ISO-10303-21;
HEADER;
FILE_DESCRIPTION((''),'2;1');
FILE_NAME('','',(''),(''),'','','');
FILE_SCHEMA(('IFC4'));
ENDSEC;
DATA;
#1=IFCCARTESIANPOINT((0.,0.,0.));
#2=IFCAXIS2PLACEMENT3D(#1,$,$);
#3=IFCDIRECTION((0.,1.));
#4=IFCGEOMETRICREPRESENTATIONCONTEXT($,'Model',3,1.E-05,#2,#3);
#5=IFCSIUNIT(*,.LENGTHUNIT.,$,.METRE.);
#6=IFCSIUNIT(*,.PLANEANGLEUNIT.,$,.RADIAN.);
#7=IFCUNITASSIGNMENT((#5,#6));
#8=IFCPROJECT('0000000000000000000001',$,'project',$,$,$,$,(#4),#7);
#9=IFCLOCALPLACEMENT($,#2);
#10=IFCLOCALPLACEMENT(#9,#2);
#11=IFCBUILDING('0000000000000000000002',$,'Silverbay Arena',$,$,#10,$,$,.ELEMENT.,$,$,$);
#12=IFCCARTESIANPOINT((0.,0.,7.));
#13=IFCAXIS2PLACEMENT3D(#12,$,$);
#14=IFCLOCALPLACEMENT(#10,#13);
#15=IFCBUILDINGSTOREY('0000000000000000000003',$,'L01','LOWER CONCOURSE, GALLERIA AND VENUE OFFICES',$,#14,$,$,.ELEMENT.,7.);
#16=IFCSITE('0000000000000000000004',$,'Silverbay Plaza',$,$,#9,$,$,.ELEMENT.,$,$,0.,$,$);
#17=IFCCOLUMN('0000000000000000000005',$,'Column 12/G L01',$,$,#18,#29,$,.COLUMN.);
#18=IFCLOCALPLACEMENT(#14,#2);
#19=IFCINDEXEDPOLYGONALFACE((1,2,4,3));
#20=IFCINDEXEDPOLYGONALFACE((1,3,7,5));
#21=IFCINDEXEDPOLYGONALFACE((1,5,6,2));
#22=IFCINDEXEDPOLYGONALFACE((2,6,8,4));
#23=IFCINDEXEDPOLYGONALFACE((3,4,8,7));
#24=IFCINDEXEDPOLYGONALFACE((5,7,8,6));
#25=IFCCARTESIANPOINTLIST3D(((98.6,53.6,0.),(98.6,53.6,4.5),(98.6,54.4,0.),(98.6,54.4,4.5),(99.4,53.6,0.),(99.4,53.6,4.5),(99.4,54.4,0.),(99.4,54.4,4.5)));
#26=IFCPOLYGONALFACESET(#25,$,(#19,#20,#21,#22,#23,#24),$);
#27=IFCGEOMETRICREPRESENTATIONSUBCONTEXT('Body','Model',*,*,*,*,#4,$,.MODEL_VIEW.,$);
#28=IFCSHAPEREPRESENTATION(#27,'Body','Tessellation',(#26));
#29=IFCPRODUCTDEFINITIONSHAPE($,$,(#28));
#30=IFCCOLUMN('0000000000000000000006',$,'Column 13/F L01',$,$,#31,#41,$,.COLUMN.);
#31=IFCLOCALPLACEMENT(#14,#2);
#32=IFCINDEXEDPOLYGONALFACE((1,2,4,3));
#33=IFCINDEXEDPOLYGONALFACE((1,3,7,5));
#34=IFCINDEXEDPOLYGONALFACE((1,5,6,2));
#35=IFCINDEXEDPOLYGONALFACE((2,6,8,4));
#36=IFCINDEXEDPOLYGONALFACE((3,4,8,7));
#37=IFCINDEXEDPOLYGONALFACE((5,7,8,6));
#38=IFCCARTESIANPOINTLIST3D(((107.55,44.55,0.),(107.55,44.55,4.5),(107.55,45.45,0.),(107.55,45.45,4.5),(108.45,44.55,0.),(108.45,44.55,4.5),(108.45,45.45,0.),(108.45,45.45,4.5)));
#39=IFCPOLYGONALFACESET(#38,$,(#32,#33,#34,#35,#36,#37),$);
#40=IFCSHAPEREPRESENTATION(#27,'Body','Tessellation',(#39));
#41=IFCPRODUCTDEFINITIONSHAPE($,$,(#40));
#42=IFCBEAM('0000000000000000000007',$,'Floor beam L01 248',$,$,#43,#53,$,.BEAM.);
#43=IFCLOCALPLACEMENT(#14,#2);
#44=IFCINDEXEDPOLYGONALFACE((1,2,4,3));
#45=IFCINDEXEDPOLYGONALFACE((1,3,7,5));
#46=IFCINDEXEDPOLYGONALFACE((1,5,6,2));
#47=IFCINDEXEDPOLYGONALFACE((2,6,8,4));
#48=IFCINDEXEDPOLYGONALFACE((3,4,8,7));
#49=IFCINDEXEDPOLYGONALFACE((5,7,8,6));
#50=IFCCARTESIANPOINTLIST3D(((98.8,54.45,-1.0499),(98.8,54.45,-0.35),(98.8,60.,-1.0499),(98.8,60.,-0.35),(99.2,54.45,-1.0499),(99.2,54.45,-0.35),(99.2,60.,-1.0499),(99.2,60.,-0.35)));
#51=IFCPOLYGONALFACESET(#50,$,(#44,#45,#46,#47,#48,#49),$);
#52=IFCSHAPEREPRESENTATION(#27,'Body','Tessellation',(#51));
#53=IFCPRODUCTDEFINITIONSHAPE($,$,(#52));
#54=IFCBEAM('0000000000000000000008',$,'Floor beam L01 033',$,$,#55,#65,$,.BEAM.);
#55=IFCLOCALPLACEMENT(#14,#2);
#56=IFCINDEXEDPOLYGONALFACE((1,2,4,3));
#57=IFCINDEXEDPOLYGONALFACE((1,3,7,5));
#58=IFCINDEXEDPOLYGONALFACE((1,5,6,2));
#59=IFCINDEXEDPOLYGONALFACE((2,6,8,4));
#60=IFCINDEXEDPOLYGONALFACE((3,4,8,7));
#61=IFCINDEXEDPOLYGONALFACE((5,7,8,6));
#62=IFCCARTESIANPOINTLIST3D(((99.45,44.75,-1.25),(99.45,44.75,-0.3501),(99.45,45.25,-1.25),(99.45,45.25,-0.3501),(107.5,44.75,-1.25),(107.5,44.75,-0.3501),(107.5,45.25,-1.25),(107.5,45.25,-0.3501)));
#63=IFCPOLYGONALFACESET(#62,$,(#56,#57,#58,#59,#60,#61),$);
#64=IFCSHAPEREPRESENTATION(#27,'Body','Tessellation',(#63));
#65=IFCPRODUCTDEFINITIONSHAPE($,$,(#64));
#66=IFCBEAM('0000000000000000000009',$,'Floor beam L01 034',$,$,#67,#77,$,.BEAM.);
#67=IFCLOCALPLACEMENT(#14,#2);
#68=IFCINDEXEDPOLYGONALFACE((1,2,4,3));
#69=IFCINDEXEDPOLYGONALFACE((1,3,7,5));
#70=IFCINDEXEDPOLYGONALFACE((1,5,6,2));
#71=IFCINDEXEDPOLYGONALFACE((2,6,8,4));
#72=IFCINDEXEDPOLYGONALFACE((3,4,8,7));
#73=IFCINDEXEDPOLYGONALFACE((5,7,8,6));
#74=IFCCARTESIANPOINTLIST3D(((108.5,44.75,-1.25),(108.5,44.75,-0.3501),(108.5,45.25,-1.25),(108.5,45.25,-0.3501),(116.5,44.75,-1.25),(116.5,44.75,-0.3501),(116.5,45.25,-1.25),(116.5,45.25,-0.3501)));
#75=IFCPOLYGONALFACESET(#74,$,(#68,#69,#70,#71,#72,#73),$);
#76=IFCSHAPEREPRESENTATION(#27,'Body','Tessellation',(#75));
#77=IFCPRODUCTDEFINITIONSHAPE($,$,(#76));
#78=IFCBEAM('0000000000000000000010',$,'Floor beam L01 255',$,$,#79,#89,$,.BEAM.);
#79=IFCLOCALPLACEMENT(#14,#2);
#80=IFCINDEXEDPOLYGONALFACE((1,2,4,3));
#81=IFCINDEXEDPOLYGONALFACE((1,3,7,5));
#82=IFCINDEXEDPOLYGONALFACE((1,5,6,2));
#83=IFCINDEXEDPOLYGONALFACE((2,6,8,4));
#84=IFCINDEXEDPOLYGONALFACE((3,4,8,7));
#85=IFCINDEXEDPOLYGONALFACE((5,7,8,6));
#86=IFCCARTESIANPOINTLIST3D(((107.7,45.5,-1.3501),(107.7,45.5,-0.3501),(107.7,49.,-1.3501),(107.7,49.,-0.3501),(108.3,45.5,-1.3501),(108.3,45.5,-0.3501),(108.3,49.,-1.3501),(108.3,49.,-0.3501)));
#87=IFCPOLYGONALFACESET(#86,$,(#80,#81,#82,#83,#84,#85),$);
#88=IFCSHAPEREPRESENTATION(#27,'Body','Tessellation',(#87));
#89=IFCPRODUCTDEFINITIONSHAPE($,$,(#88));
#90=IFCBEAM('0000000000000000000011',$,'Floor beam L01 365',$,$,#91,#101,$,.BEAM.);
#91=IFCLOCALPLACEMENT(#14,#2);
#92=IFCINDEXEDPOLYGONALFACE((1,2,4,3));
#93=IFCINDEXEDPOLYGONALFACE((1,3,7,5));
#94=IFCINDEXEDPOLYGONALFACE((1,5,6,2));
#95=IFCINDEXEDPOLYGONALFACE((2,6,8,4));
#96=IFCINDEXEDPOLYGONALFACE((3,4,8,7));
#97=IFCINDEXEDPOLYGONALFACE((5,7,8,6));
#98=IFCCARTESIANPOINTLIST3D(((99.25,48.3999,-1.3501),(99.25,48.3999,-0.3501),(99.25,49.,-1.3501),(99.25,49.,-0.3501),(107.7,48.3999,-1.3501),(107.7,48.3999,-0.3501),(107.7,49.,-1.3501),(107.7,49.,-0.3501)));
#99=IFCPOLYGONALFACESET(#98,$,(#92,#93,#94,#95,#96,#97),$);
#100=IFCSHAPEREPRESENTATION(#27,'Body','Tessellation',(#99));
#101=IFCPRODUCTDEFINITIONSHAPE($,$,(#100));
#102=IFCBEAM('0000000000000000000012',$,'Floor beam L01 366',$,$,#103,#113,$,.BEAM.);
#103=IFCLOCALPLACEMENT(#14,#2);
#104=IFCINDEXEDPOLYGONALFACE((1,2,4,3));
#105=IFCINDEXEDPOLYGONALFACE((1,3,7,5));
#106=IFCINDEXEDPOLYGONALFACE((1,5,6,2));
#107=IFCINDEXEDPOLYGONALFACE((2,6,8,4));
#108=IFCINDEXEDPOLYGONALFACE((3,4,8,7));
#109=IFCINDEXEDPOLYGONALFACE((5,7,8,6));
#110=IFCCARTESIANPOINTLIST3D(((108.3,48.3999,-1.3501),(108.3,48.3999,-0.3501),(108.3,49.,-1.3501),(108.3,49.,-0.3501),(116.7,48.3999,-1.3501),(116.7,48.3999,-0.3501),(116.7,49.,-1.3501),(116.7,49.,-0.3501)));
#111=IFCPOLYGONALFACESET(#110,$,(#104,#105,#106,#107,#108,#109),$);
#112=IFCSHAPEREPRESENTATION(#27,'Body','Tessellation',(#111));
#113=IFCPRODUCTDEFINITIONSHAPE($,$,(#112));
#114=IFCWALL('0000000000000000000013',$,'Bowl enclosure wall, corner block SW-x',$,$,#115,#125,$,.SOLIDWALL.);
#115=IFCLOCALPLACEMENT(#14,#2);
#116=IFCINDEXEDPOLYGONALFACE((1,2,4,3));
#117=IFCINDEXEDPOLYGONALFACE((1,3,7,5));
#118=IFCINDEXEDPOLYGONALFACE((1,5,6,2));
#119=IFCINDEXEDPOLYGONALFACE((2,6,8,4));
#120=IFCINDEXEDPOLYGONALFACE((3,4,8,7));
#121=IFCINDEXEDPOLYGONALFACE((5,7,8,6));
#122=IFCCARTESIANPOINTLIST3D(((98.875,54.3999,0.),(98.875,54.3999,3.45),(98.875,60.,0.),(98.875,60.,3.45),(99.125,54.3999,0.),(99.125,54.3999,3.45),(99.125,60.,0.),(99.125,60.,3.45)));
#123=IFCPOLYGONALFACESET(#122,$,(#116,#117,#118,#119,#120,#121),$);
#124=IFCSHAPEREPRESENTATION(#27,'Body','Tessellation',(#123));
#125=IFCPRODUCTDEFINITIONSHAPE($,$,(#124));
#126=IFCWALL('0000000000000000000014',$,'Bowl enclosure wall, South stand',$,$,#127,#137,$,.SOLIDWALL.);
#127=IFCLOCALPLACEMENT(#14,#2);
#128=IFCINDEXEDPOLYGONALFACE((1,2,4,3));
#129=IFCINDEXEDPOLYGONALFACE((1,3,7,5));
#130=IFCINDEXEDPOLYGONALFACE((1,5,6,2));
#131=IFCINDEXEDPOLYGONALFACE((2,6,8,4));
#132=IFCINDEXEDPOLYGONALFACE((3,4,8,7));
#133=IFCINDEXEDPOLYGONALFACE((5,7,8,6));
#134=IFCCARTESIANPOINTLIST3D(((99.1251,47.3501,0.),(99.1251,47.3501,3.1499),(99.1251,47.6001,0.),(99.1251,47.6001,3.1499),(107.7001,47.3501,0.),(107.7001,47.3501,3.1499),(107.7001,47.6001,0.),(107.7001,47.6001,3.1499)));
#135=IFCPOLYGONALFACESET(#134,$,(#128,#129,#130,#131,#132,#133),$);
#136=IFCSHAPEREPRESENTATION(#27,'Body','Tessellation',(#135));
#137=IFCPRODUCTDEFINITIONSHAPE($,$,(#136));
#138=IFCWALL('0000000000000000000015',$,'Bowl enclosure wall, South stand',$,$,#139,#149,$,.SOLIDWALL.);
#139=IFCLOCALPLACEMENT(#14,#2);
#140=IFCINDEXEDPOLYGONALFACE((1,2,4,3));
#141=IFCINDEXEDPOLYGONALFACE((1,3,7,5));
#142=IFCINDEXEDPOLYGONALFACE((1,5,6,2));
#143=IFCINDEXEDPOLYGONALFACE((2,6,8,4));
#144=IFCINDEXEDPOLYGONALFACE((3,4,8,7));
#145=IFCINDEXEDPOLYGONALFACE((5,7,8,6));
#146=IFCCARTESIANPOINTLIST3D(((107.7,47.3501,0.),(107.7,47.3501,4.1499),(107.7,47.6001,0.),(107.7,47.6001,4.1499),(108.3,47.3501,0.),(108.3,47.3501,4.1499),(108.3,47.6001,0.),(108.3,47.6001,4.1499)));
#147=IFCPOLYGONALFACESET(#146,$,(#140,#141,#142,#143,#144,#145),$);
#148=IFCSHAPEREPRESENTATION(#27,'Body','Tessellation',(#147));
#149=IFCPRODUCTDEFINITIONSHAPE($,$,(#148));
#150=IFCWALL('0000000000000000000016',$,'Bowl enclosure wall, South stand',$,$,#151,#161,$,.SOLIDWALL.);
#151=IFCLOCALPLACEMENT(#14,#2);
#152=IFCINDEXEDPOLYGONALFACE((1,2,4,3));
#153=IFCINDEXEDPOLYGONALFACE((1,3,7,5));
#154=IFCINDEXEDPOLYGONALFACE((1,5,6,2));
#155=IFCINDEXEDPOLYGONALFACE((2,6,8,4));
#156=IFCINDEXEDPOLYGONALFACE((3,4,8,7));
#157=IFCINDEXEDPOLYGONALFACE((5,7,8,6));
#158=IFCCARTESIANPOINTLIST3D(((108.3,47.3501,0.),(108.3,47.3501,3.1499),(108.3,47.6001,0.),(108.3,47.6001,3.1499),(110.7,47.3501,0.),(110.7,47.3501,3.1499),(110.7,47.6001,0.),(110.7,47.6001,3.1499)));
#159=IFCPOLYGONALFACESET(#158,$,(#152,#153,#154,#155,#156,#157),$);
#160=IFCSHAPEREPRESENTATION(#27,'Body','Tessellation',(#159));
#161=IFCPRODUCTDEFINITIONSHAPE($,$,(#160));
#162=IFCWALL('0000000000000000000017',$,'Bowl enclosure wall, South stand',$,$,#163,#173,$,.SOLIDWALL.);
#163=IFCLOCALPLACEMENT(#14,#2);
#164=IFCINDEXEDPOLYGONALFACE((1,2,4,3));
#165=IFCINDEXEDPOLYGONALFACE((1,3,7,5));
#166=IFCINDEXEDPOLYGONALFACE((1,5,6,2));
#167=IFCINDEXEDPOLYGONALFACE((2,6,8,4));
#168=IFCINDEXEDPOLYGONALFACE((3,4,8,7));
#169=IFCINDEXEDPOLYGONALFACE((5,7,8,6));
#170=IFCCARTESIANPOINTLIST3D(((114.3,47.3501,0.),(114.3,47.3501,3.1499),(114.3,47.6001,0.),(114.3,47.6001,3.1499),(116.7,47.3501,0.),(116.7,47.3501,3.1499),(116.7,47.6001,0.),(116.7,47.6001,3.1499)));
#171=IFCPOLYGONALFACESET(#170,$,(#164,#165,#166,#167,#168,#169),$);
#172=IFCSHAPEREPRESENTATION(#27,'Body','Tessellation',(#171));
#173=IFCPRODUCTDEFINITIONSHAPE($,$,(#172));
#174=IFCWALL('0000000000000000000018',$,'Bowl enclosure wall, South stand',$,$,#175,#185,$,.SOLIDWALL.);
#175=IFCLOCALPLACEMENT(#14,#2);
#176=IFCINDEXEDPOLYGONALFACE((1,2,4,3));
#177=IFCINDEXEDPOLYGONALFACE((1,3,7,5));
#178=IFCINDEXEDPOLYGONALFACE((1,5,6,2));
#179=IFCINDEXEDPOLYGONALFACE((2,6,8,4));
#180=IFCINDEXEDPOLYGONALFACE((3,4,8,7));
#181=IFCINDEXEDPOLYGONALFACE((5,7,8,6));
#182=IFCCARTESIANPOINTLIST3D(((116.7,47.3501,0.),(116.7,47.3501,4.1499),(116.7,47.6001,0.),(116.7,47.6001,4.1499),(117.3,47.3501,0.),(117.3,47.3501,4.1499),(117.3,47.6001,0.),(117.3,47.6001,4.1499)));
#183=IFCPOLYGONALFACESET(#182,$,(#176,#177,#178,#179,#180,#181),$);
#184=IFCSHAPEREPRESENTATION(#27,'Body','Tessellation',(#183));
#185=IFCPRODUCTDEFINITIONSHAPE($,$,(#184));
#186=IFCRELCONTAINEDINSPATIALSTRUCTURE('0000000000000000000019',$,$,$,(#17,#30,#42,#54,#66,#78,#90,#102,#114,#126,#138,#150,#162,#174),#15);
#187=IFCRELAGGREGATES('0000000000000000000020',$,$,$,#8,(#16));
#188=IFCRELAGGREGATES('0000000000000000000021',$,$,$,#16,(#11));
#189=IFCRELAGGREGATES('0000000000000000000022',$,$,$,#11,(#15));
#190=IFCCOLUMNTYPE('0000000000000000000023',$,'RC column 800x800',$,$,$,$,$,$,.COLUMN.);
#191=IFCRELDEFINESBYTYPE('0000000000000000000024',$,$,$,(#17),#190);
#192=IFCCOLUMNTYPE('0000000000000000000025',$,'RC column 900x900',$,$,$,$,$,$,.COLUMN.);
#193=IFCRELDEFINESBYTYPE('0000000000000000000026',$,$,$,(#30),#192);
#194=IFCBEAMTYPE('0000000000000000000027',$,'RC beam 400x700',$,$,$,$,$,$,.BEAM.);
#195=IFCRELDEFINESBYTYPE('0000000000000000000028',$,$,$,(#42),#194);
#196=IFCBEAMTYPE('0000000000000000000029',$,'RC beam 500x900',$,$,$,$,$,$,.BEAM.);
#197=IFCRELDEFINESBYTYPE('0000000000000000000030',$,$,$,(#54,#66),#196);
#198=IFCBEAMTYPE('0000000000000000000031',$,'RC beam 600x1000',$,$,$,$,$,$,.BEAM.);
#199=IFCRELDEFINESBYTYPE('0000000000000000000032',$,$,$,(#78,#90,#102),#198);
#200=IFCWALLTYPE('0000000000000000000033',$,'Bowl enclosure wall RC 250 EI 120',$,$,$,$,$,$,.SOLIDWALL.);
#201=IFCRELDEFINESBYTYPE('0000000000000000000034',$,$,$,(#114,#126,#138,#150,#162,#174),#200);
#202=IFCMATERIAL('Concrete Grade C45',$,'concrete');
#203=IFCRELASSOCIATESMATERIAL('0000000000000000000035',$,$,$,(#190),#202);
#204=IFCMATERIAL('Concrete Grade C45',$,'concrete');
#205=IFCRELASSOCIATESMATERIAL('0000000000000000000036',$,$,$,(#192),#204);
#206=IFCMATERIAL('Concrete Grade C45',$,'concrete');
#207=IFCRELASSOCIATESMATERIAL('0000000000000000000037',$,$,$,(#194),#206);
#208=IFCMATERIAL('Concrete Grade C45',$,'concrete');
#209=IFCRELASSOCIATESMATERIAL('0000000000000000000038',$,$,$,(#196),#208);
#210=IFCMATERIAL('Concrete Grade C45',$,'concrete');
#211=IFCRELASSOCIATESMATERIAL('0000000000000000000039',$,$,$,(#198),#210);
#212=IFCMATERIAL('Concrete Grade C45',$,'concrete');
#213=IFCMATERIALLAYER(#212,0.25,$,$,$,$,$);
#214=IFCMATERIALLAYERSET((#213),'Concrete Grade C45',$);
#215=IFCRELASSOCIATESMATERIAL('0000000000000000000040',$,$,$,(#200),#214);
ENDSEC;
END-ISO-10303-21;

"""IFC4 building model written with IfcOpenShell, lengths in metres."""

from ifc_helpers import new_model, si_unit, direction, frame, frame_2d, origin, origin_2d, place, context, subcontext, project, spatial, rectangle, extrude, material, layer, layer_set, material_profile, profile_set, type_object, element, save


model = new_model("IFC4")

# Units and contexts
model_context = context("Model", 3, precision=1e-05, world=origin(), true_north=direction((0.0, 1.0)))
body_context = subcontext(model_context, "Body", "Model", "MODEL_VIEW")
ifc_project = project(units=[si_unit("LENGTHUNIT", "METRE"), si_unit("PLANEANGLEUNIT", "RADIAN")], contexts=[model_context])

# Site, building, storey
site_placement = place(None, origin())
site = spatial("IfcSite", under=ifc_project, at=site_placement, Name="Silverbay Plaza", CompositionType="ELEMENT", RefElevation=0.0)
building_placement = place(site_placement, origin())
building = spatial("IfcBuilding", under=site, at=building_placement, Name="Silverbay Arena", CompositionType="ELEMENT")
storey_placement = place(building_placement, frame((0.0, 0.0, 7.0)))
storey = spatial("IfcBuildingStorey", under=building, at=storey_placement, Name="L01", Description="LOWER CONCOURSE, GALLERIA AND VENUE OFFICES", CompositionType="ELEMENT", Elevation=7.0)

# Columns
ifc_material_1 = material(Name="Concrete Grade C45", Category="concrete")
ifc_material_profile_1 = material_profile(ifc_material_1, rectangle(XDim=0.8, YDim=0.8, at=origin_2d()), Name="RC 800x800")
ifc_profile_set_1 = profile_set([ifc_material_profile_1], Name="Concrete Grade C45")
column_type_1 = type_object("IfcColumnType", Name="RC column 800x800", PredefinedType="COLUMN", material=ifc_profile_set_1)
column_1_placement = place(storey_placement, frame((99.0, 54.0, 0.0), z_axis=(0.0, 0.0, 1.0), x_axis=(1.0, 0.0, 0.0)))
element("IfcColumn", 1, at=column_1_placement, inside=storey, type_object=column_type_1, Name="Column 12/G L01", PredefinedType="COLUMN", context=body_context, shape_type="SweptSolid", body=[
    extrude(rectangle(XDim=0.8, YDim=0.8, at=origin_2d()), origin(), (0.0, 0.0, 1.0), 4.5),
])
ifc_material_2 = material(Name="Concrete Grade C45", Category="concrete")
ifc_material_profile_2 = material_profile(ifc_material_2, rectangle(XDim=0.8999, YDim=0.8999, at=origin_2d()), Name="RC 900x900")
ifc_profile_set_2 = profile_set([ifc_material_profile_2], Name="Concrete Grade C45")
column_type_2 = type_object("IfcColumnType", Name="RC column 900x900", PredefinedType="COLUMN", material=ifc_profile_set_2)
column_2_placement = place(storey_placement, frame((108.0, 45.0, 0.0), z_axis=(0.0, 0.0, 1.0), x_axis=(1.0, 0.0, 0.0)))
element("IfcColumn", 2, at=column_2_placement, inside=storey, type_object=column_type_2, Name="Column 13/F L01", PredefinedType="COLUMN", context=body_context, shape_type="SweptSolid", body=[
    extrude(rectangle(XDim=0.8999, YDim=0.8999, at=origin_2d()), origin(), (0.0, 0.0, 1.0), 4.5),
])

# Beams
ifc_material_3 = material(Name="Concrete Grade C45", Category="concrete")
ifc_material_profile_3 = material_profile(ifc_material_3, rectangle(XDim=0.3999, YDim=0.7, at=origin_2d()), Name="RC 400x700")
ifc_profile_set_3 = profile_set([ifc_material_profile_3], Name="Concrete Grade C45")
beam_type_1 = type_object("IfcBeamType", Name="RC beam 400x700", PredefinedType="BEAM", material=ifc_profile_set_3)
beam_1_placement = place(storey_placement, frame((99.0, 54.45, -0.7), z_axis=(0.0, 1.0, 0.0), x_axis=(-1.0, 0.0, 0.0)))
element("IfcBeam", 3, at=beam_1_placement, inside=storey, type_object=beam_type_1, Name="Floor beam L01 248", PredefinedType="BEAM", context=body_context, shape_type="SweptSolid", body=[
    extrude(rectangle(XDim=0.3999, YDim=0.7, at=origin_2d()), origin(), (0.0, 0.0, 1.0), 5.55),
])
ifc_material_4 = material(Name="Concrete Grade C45", Category="concrete")
ifc_material_profile_4 = material_profile(ifc_material_4, rectangle(XDim=0.5, YDim=0.8999, at=origin_2d()), Name="RC 500x900")
ifc_profile_set_4 = profile_set([ifc_material_profile_4], Name="Concrete Grade C45")
beam_type_2 = type_object("IfcBeamType", Name="RC beam 500x900", PredefinedType="BEAM", material=ifc_profile_set_4)
beam_2_placement = place(storey_placement, frame((99.45, 45.0, -0.8), z_axis=(1.0, 0.0, 0.0), x_axis=(0.0, 1.0, 0.0)))
element("IfcBeam", 4, at=beam_2_placement, inside=storey, type_object=beam_type_2, Name="Floor beam L01 033", PredefinedType="BEAM", context=body_context, shape_type="SweptSolid", body=[
    extrude(rectangle(XDim=0.5, YDim=0.8999, at=origin_2d()), origin(), (0.0, 0.0, 1.0), 8.05),
])
beam_3_placement = place(storey_placement, frame((108.5, 45.0, -0.8), z_axis=(1.0, 0.0, 0.0), x_axis=(0.0, 1.0, 0.0)))
element("IfcBeam", 5, at=beam_3_placement, inside=storey, type_object=beam_type_2, Name="Floor beam L01 034", PredefinedType="BEAM", context=body_context, shape_type="SweptSolid", body=[
    extrude(rectangle(XDim=0.5, YDim=0.8999, at=origin_2d()), origin(), (0.0, 0.0, 1.0), 8.0),
])
ifc_material_5 = material(Name="Concrete Grade C45", Category="concrete")
ifc_material_profile_5 = material_profile(ifc_material_5, rectangle(XDim=0.6001, YDim=1.0, at=origin_2d()), Name="RC 600x1000")
ifc_profile_set_5 = profile_set([ifc_material_profile_5], Name="Concrete Grade C45")
beam_type_3 = type_object("IfcBeamType", Name="RC beam 600x1000", PredefinedType="BEAM", material=ifc_profile_set_5)
beam_4_placement = place(storey_placement, frame((108.0, 45.5, -0.8501), z_axis=(0.0, 1.0, 0.0), x_axis=(-1.0, 0.0, 0.0)))
element("IfcBeam", 6, at=beam_4_placement, inside=storey, type_object=beam_type_3, Name="Floor beam L01 255", PredefinedType="BEAM", context=body_context, shape_type="SweptSolid", body=[
    extrude(rectangle(XDim=0.6001, YDim=1.0, at=origin_2d()), origin(), (0.0, 0.0, 1.0), 3.5),
])
beam_5_placement = place(storey_placement, frame((99.25, 48.7, -0.8501), z_axis=(1.0, 0.0, 0.0), x_axis=(0.0, 1.0, 0.0)))
element("IfcBeam", 7, at=beam_5_placement, inside=storey, type_object=beam_type_3, Name="Floor beam L01 365", PredefinedType="BEAM", context=body_context, shape_type="SweptSolid", body=[
    extrude(rectangle(XDim=0.6001, YDim=1.0, at=origin_2d()), origin(), (0.0, 0.0, 1.0), 8.45),
])
beam_6_placement = place(storey_placement, frame((108.3, 48.7, -0.8501), z_axis=(1.0, 0.0, 0.0), x_axis=(0.0, 1.0, 0.0)))
element("IfcBeam", 8, at=beam_6_placement, inside=storey, type_object=beam_type_3, Name="Floor beam L01 366", PredefinedType="BEAM", context=body_context, shape_type="SweptSolid", body=[
    extrude(rectangle(XDim=0.6001, YDim=1.0, at=origin_2d()), origin(), (0.0, 0.0, 1.0), 8.3999),
])

# Wall
ifc_material_6 = material(Name="Concrete Grade C45", Category="concrete")
ifc_layer = layer(ifc_material_6, 0.25)
ifc_layer_set = layer_set([ifc_layer], Name="Concrete Grade C45")
wall_type = type_object("IfcWallType", Name="Bowl enclosure wall RC 250 EI 120", PredefinedType="SOLIDWALL", material=ifc_layer_set)
wall_1_placement = place(storey_placement, frame((99.0, 54.3999, 0.0), z_axis=(0.0, 0.0, 1.0), x_axis=(0.0, 1.0, 0.0)))
element("IfcWall", 9, at=wall_1_placement, inside=storey, type_object=wall_type, Name="Bowl enclosure wall, corner block SW-x", PredefinedType="SOLIDWALL", context=body_context, shape_type="SweptSolid", body=[
    extrude(rectangle(XDim=5.6001, YDim=0.25, at=frame_2d((2.8, 0.0))), origin(), (0.0, 0.0, 1.0), 3.45),
])

# Walls
wall_2_placement = place(storey_placement, frame((99.125, 47.4751, 0.0), z_axis=(0.0, 0.0, 1.0), x_axis=(1.0, 0.0, 0.0)))
element("IfcWall", 10, at=wall_2_placement, inside=storey, type_object=wall_type, Name="Bowl enclosure wall, South stand", PredefinedType="SOLIDWALL", context=body_context, shape_type="SweptSolid", body=[
    extrude(rectangle(XDim=8.575, YDim=0.25, at=frame_2d((4.2876, 0.0))), origin(), (0.0, 0.0, 1.0), 3.1499),
])
wall_3_placement = place(storey_placement, frame((107.7, 47.4751, 0.0), z_axis=(0.0, 0.0, 1.0), x_axis=(1.0, 0.0, 0.0)))
element("IfcWall", 11, at=wall_3_placement, inside=storey, type_object=wall_type, Name="Bowl enclosure wall, South stand", PredefinedType="SOLIDWALL", context=body_context, shape_type="SweptSolid", body=[
    extrude(rectangle(XDim=0.6001, YDim=0.25, at=frame_2d((0.3, 0.0))), origin(), (0.0, 0.0, 1.0), 4.1499),
])
for number, where, z_axis, x_axis, name in (
    (12, (108.3, 47.4751, 0.0), (0.0, 0.0, 1.0), (1.0, 0.0, 0.0), "Bowl enclosure wall, South stand"),
    (13, (114.3, 47.4751, 0.0), (0.0, 0.0, 1.0), (1.0, 0.0, 0.0), "Bowl enclosure wall, South stand"),
):
    element("IfcWall", number, at=place(storey_placement, frame(where, z_axis=z_axis, x_axis=x_axis)), inside=storey, type_object=wall_type, Name=name, PredefinedType="SOLIDWALL", context=body_context, shape_type="SweptSolid", body=[
        extrude(rectangle(XDim=2.3999, YDim=0.25, at=frame_2d((1.2, 0.0))), origin(), (0.0, 0.0, 1.0), 3.1499),
    ])
wall_4_placement = place(storey_placement, frame((116.7, 47.4751, 0.0), z_axis=(0.0, 0.0, 1.0), x_axis=(1.0, 0.0, 0.0)))
element("IfcWall", 14, at=wall_4_placement, inside=storey, type_object=wall_type, Name="Bowl enclosure wall, South stand", PredefinedType="SOLIDWALL", context=body_context, shape_type="SweptSolid", body=[
    extrude(rectangle(XDim=0.6001, YDim=0.25, at=frame_2d((0.3, 0.0))), origin(), (0.0, 0.0, 1.0), 4.1499),
])

save(model, "model.ifc")
